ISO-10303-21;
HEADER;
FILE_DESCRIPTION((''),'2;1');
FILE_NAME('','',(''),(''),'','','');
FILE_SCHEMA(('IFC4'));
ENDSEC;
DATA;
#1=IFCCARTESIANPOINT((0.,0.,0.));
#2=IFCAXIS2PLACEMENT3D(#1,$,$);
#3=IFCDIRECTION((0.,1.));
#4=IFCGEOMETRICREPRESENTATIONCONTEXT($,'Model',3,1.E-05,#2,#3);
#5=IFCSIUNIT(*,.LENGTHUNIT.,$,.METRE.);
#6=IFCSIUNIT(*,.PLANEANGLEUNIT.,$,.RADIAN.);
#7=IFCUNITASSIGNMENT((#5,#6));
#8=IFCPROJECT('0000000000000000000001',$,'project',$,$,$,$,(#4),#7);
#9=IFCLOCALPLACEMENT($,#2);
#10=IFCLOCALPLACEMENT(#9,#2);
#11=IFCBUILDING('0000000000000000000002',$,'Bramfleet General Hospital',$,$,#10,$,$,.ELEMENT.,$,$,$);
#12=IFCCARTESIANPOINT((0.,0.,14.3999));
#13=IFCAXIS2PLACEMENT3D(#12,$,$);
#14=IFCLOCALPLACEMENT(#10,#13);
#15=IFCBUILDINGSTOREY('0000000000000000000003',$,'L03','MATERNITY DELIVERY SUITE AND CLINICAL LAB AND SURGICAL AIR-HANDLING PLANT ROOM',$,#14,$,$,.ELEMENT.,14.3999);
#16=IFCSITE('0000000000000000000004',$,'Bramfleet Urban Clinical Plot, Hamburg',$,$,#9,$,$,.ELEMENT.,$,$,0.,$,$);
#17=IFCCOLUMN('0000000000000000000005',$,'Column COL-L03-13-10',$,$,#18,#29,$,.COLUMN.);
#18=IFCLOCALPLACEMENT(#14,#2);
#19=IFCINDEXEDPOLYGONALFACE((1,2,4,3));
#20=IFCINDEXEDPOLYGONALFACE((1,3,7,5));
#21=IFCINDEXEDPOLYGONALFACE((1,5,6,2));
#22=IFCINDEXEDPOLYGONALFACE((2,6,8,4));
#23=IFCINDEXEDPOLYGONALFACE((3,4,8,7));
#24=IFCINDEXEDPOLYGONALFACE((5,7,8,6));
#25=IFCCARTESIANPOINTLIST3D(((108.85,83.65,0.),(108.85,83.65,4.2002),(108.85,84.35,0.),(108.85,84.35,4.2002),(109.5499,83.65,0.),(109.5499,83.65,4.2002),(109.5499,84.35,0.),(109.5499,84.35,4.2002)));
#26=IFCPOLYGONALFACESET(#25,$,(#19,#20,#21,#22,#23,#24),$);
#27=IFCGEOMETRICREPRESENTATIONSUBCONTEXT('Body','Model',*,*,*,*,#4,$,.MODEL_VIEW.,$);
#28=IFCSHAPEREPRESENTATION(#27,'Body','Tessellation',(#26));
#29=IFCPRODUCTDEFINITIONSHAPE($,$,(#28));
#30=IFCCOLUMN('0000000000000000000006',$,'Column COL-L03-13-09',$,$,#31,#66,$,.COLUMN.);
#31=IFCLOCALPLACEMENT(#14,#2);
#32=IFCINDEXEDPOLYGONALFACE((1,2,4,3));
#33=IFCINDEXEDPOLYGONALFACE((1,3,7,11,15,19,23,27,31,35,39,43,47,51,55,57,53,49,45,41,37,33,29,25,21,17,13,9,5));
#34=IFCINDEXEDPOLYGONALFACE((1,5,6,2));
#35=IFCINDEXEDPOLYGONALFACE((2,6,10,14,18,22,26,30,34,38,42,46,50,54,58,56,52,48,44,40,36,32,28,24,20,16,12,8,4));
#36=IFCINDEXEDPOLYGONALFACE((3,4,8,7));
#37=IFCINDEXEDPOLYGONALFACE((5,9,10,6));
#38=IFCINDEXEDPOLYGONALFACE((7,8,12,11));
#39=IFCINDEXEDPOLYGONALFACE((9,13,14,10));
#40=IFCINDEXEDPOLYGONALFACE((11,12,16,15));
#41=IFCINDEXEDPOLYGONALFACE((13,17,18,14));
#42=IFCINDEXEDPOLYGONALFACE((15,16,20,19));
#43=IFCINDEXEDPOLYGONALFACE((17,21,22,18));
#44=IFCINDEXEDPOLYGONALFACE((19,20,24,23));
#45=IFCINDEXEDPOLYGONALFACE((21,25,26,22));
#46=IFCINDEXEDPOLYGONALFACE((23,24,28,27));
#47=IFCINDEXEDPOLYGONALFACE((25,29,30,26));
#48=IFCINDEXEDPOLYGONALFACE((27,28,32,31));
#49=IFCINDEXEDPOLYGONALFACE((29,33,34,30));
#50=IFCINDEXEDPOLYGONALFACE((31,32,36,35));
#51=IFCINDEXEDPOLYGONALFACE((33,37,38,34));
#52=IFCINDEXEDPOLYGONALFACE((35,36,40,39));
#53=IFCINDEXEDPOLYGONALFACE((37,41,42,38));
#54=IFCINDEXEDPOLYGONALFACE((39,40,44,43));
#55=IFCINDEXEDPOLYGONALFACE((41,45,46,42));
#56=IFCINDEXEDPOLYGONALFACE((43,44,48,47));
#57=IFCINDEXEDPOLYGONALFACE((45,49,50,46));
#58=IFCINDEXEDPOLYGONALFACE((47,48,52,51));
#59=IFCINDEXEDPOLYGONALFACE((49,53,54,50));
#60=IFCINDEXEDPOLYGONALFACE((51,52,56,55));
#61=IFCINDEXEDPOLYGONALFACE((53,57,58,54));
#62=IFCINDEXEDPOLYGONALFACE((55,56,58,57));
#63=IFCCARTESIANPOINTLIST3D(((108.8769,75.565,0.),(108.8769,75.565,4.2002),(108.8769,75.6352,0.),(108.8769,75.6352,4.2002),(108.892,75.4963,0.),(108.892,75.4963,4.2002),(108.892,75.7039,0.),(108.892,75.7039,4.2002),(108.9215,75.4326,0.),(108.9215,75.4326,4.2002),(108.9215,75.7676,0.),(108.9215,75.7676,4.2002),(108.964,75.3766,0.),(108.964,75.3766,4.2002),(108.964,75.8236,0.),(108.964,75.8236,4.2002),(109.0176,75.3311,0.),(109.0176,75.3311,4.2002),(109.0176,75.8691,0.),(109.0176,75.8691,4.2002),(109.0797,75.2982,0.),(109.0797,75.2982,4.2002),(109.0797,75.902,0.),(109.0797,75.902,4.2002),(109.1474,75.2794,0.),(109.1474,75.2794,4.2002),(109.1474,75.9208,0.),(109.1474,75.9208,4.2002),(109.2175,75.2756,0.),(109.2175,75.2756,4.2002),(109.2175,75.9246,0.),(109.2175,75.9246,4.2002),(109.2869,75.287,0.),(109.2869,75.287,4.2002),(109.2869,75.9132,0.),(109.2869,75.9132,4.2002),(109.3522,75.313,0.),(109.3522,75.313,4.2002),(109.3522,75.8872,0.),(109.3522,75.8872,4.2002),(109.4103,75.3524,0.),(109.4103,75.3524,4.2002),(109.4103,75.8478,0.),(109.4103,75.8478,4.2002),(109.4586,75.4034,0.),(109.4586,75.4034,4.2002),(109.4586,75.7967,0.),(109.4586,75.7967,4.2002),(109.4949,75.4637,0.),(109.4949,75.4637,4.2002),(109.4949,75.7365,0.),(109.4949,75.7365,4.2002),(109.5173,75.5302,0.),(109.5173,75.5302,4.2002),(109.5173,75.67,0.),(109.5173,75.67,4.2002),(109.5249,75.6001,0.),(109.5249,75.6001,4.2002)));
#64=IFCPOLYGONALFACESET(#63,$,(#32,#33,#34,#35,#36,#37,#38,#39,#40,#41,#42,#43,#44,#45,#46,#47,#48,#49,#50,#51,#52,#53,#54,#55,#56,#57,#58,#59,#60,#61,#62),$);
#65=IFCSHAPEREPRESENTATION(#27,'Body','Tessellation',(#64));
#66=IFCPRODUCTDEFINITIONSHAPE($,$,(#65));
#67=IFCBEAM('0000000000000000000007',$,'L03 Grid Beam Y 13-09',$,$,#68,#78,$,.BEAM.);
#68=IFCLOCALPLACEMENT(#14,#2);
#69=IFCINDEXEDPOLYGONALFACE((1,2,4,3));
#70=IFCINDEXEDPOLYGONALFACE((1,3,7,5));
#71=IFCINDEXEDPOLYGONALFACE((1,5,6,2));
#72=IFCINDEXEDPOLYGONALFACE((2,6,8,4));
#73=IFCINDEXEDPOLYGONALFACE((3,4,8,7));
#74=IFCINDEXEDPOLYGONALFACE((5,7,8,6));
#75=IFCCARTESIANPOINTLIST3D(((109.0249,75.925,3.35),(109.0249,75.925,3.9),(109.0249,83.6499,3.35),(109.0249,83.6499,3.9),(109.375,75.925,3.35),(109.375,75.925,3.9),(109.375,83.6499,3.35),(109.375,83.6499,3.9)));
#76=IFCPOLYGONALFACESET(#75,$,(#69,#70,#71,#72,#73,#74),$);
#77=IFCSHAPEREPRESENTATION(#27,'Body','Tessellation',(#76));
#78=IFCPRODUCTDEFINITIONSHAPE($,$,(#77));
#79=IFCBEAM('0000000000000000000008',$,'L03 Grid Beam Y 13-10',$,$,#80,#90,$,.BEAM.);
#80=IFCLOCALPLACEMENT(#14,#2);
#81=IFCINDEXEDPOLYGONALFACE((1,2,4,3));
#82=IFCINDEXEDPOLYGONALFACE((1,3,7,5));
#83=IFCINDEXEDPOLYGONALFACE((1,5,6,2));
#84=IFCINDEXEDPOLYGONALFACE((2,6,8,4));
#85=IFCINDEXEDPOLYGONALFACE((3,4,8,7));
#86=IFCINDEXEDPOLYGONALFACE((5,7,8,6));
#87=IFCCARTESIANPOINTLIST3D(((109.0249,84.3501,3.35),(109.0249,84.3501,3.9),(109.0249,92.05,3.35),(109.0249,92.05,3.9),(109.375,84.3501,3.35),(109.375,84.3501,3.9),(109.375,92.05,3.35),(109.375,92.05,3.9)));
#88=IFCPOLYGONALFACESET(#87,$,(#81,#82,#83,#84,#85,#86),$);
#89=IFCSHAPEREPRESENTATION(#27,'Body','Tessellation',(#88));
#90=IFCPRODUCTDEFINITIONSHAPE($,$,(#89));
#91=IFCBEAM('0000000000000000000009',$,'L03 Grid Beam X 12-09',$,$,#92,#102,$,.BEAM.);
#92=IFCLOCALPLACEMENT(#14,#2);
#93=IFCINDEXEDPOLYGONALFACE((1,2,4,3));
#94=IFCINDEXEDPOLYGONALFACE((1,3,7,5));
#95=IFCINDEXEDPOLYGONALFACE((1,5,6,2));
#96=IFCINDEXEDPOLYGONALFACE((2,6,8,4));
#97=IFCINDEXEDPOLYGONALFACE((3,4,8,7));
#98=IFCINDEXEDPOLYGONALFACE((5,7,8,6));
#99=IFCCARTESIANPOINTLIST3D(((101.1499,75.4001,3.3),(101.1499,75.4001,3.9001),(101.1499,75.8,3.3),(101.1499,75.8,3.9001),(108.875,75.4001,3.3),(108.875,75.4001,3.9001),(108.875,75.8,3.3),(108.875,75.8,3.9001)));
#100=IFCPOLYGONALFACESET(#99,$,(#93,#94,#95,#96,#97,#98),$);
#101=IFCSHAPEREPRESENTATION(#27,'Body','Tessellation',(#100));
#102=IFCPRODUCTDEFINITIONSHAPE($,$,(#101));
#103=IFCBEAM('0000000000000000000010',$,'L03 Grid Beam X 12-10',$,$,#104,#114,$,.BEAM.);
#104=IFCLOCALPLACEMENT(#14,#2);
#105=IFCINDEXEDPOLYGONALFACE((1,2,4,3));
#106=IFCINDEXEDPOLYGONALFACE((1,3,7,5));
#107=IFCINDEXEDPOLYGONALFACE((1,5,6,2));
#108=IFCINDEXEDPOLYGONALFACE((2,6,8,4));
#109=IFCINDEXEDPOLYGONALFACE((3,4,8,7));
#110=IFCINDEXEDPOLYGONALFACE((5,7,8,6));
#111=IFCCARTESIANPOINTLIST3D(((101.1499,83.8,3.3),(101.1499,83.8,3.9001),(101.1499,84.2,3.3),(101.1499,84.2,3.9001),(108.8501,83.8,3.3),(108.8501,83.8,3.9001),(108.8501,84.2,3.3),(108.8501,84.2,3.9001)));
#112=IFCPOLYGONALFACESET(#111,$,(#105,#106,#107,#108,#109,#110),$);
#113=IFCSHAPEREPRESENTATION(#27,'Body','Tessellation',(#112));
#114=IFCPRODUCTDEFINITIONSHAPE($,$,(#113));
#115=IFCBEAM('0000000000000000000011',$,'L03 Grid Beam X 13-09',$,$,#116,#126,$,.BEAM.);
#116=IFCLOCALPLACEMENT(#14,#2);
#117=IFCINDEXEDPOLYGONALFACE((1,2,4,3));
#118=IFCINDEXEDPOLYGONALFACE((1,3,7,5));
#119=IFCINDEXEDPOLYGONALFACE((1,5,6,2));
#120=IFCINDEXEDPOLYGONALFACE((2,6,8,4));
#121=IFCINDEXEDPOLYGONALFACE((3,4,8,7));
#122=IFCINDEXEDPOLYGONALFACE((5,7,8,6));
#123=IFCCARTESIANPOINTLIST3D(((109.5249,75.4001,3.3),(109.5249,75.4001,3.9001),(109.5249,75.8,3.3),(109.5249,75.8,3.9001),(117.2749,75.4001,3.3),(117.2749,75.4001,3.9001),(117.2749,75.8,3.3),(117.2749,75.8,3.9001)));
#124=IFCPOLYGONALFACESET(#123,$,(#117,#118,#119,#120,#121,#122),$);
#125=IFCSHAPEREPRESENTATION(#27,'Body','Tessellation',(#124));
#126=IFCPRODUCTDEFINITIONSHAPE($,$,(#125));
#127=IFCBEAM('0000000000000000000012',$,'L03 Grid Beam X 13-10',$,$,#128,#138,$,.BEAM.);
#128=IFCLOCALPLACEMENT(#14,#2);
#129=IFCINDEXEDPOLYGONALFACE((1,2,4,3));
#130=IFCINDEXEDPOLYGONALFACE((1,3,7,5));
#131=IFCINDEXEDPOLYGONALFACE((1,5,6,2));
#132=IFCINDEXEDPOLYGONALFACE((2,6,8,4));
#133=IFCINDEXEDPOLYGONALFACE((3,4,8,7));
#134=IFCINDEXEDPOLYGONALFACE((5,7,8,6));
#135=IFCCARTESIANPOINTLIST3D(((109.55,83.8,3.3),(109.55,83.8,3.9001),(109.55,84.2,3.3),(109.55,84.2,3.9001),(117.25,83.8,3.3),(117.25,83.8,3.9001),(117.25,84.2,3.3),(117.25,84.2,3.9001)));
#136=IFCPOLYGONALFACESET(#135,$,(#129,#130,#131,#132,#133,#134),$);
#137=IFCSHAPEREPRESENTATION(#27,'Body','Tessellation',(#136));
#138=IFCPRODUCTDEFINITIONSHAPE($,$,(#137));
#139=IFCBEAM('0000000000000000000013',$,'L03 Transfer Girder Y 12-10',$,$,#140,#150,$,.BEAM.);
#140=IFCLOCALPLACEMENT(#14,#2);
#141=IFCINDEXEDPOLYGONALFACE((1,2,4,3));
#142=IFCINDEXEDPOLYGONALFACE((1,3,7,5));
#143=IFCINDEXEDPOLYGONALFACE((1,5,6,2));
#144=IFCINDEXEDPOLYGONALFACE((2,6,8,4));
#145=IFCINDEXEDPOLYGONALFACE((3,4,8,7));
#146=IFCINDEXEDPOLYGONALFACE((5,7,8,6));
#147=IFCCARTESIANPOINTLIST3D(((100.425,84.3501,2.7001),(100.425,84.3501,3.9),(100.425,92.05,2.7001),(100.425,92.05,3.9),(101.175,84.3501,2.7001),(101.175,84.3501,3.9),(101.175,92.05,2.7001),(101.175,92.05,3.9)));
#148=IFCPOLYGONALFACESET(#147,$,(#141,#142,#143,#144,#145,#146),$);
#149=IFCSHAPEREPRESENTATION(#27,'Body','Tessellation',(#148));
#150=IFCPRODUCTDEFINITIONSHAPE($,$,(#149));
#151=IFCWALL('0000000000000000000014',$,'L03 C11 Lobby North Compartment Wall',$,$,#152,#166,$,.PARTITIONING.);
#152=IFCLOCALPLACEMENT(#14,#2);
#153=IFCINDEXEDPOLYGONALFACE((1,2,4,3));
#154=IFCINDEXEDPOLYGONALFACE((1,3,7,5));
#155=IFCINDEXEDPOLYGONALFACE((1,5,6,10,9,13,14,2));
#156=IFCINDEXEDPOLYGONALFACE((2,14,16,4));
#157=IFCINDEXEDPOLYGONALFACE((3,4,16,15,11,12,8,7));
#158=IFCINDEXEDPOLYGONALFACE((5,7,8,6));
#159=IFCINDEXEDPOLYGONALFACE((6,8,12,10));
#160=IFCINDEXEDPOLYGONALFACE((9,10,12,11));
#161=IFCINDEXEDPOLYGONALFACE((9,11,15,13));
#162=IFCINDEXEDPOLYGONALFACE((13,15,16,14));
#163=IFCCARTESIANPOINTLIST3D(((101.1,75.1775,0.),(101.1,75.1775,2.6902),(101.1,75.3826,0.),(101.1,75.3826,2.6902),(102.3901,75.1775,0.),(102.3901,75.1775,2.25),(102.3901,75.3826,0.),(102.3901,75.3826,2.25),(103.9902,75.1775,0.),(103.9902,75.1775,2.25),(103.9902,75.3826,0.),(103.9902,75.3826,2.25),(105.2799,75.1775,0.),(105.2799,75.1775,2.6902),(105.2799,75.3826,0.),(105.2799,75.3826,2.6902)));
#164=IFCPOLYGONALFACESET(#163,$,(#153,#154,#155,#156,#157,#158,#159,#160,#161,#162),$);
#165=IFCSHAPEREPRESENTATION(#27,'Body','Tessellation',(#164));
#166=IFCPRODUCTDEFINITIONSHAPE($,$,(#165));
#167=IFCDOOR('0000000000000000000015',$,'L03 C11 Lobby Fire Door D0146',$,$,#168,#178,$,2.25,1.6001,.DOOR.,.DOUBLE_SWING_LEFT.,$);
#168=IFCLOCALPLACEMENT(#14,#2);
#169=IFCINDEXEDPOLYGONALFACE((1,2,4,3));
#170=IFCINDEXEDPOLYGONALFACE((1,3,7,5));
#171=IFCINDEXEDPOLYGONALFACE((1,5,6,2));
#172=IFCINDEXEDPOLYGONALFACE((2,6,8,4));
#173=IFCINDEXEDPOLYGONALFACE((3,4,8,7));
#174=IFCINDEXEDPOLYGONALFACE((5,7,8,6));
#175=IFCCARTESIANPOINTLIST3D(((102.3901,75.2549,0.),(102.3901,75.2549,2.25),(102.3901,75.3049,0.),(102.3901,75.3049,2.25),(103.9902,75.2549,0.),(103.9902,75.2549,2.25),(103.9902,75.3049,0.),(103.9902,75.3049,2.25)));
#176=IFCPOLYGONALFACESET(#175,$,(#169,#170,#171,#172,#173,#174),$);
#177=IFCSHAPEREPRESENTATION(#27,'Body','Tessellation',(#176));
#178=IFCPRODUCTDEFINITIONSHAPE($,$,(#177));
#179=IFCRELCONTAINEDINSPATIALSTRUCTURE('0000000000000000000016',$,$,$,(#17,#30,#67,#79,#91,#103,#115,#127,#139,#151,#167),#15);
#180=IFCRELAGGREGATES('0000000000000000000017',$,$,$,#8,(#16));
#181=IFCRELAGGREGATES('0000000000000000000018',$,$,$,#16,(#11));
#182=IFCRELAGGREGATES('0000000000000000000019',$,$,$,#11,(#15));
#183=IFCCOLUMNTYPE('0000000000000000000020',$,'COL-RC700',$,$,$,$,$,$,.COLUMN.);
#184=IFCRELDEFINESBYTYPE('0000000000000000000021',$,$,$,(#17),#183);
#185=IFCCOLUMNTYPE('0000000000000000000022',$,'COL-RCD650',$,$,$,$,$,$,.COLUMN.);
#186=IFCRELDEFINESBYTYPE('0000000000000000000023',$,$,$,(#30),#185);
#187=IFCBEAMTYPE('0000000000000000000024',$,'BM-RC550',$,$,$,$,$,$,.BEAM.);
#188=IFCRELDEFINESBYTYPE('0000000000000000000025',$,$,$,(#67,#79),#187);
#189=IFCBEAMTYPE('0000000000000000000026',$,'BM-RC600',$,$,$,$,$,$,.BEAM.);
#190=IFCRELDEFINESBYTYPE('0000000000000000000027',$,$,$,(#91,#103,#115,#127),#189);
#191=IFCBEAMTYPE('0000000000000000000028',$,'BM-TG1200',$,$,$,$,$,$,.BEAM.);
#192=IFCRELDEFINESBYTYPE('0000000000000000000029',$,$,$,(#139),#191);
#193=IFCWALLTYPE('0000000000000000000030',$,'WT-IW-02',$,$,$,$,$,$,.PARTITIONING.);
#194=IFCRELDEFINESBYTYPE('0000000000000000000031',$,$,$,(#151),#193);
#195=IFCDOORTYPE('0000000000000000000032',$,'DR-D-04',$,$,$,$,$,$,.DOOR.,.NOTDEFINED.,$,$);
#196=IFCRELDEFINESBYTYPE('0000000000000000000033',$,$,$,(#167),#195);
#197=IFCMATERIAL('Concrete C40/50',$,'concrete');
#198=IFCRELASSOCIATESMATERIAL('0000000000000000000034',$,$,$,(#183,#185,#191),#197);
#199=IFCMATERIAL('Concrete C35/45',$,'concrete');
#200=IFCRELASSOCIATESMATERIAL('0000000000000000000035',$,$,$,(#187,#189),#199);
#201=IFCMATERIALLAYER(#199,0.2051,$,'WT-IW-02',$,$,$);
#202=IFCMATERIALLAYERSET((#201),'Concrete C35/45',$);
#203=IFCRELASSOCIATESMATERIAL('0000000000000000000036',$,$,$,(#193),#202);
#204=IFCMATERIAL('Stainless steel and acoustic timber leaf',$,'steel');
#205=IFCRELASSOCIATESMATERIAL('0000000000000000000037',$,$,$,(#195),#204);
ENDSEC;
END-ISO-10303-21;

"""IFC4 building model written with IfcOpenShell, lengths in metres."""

from ifc_helpers import new_model, si_unit, direction, frame, frame_2d, origin, origin_2d, place, context, subcontext, project, spatial, rectangle, circle, extrude, material, layer, layer_set, material_profile, profile_set, type_object, element, fill, save


model = new_model("IFC4")

# Units and contexts
model_context = context("Model", 3, precision=1e-05, world=origin(), true_north=direction((0.0, 1.0)))
body_context = subcontext(model_context, "Body", "Model", "MODEL_VIEW")
ifc_project = project(units=[si_unit("LENGTHUNIT", "METRE"), si_unit("PLANEANGLEUNIT", "RADIAN")], contexts=[model_context])

# Site, building, storey
site_placement = place(None, origin())
site = spatial("IfcSite", under=ifc_project, at=site_placement, Name="Bramfleet Urban Clinical Plot, Hamburg", CompositionType="ELEMENT", RefElevation=0.0)
building_placement = place(site_placement, origin())
building = spatial("IfcBuilding", under=site, at=building_placement, Name="Bramfleet General Hospital", CompositionType="ELEMENT")
storey_placement = place(building_placement, frame((0.0, 0.0, 14.3999)))
storey = spatial("IfcBuildingStorey", under=building, at=storey_placement, Name="L03", Description="MATERNITY DELIVERY SUITE AND CLINICAL LAB AND SURGICAL AIR-HANDLING PLANT ROOM", CompositionType="ELEMENT", Elevation=14.3999)

# Columns
ifc_material_1 = material(Name="Concrete C40/50", Category="concrete")
ifc_material_profile_1 = material_profile(ifc_material_1, rectangle(XDim=0.7, YDim=0.7, at=origin_2d()), Name="RC COL 700x700")
ifc_profile_set_1 = profile_set([ifc_material_profile_1], Name="Concrete C40/50")
column_type_1 = type_object("IfcColumnType", Name="COL-RC700", PredefinedType="COLUMN", material=ifc_profile_set_1)
column_1_placement = place(storey_placement, frame((109.2, 84.0, 0.0), z_axis=(0.0, 0.0, 1.0), x_axis=(1.0, 0.0, 0.0)))
element("IfcColumn", 1, at=column_1_placement, inside=storey, type_object=column_type_1, Name="Column COL-L03-13-10", PredefinedType="COLUMN", context=body_context, shape_type="SweptSolid", body=[
    extrude(rectangle(XDim=0.7, YDim=0.7, at=origin_2d()), origin(), (0.0, 0.0, 1.0), 4.2002),
])
ifc_material_profile_2 = material_profile(ifc_material_1, circle(Radius=0.325, at=origin_2d()), Name="RC ROUND D650")
ifc_profile_set_2 = profile_set([ifc_material_profile_2], Name="Concrete C40/50")
column_type_2 = type_object("IfcColumnType", Name="COL-RCD650", PredefinedType="COLUMN", material=ifc_profile_set_2)
column_2_placement = place(storey_placement, frame((109.2, 75.6001, 0.0), z_axis=(0.0, 0.0, 1.0), x_axis=(1.0, 0.0, 0.0)))
element("IfcColumn", 2, at=column_2_placement, inside=storey, type_object=column_type_2, Name="Column COL-L03-13-09", PredefinedType="COLUMN", context=body_context, shape_type="SweptSolid", body=[
    extrude(circle(Radius=0.325, at=origin_2d()), origin(), (0.0, 0.0, 1.0), 4.2002),
])

# Beams
ifc_material_2 = material(Name="Concrete C35/45", Category="concrete")
ifc_material_profile_3 = material_profile(ifc_material_2, rectangle(XDim=0.3501, YDim=0.55, at=origin_2d()), Name="RC BM 550x350")
ifc_profile_set_3 = profile_set([ifc_material_profile_3], Name="Concrete C35/45")
beam_type_1 = type_object("IfcBeamType", Name="BM-RC550", PredefinedType="BEAM", material=ifc_profile_set_3)
beam_1_placement = place(storey_placement, frame((109.2, 75.925, 3.625), z_axis=(0.0, 1.0, 0.0), x_axis=(-1.0, 0.0, 0.0)))
element("IfcBeam", 3, at=beam_1_placement, inside=storey, type_object=beam_type_1, Name="L03 Grid Beam Y 13-09", PredefinedType="BEAM", context=body_context, shape_type="SweptSolid", body=[
    extrude(rectangle(XDim=0.3501, YDim=0.55, at=origin_2d()), origin(), (0.0, 0.0, 1.0), 7.7249),
])
beam_2_placement = place(storey_placement, frame((109.2, 84.3501, 3.625), z_axis=(0.0, 1.0, 0.0), x_axis=(-1.0, 0.0, 0.0)))
element("IfcBeam", 4, at=beam_2_placement, inside=storey, type_object=beam_type_1, Name="L03 Grid Beam Y 13-10", PredefinedType="BEAM", context=body_context, shape_type="SweptSolid", body=[
    extrude(rectangle(XDim=0.3501, YDim=0.55, at=origin_2d()), origin(), (0.0, 0.0, 1.0), 7.7),
])
ifc_material_profile_4 = material_profile(ifc_material_2, rectangle(XDim=0.3999, YDim=0.6001, at=origin_2d()), Name="RC BM 600x400")
ifc_profile_set_4 = profile_set([ifc_material_profile_4], Name="Concrete C35/45")
beam_type_2 = type_object("IfcBeamType", Name="BM-RC600", PredefinedType="BEAM", material=ifc_profile_set_4)
beam_3_placement = place(storey_placement, frame((101.1499, 75.6001, 3.6001), z_axis=(1.0, 0.0, 0.0), x_axis=(0.0, 1.0, 0.0)))
element("IfcBeam", 5, at=beam_3_placement, inside=storey, type_object=beam_type_2, Name="L03 Grid Beam X 12-09", PredefinedType="BEAM", context=body_context, shape_type="SweptSolid", body=[
    extrude(rectangle(XDim=0.3999, YDim=0.6001, at=origin_2d()), origin(), (0.0, 0.0, 1.0), 7.7251),
])
beam_4_placement = place(storey_placement, frame((101.1499, 84.0, 3.6001), z_axis=(1.0, 0.0, 0.0), x_axis=(0.0, 1.0, 0.0)))
element("IfcBeam", 6, at=beam_4_placement, inside=storey, type_object=beam_type_2, Name="L03 Grid Beam X 12-10", PredefinedType="BEAM", context=body_context, shape_type="SweptSolid", body=[
    extrude(rectangle(XDim=0.3999, YDim=0.6001, at=origin_2d()), origin(), (0.0, 0.0, 1.0), 7.7002),
])
beam_5_placement = place(storey_placement, frame((109.5249, 75.6001, 3.6001), z_axis=(1.0, 0.0, 0.0), x_axis=(0.0, 1.0, 0.0)))
element("IfcBeam", 7, at=beam_5_placement, inside=storey, type_object=beam_type_2, Name="L03 Grid Beam X 13-09", PredefinedType="BEAM", context=body_context, shape_type="SweptSolid", body=[
    extrude(rectangle(XDim=0.3999, YDim=0.6001, at=origin_2d()), origin(), (0.0, 0.0, 1.0), 7.75),
])
beam_6_placement = place(storey_placement, frame((109.55, 84.0, 3.6001), z_axis=(1.0, 0.0, 0.0), x_axis=(0.0, 1.0, 0.0)))
element("IfcBeam", 8, at=beam_6_placement, inside=storey, type_object=beam_type_2, Name="L03 Grid Beam X 13-10", PredefinedType="BEAM", context=body_context, shape_type="SweptSolid", body=[
    extrude(rectangle(XDim=0.3999, YDim=0.6001, at=origin_2d()), origin(), (0.0, 0.0, 1.0), 7.7),
])
ifc_material_profile_5 = material_profile(ifc_material_1, rectangle(XDim=0.75, YDim=1.2, at=origin_2d()), Name="RC TG 1200x750")
ifc_profile_set_5 = profile_set([ifc_material_profile_5], Name="Concrete C40/50")
beam_type_3 = type_object("IfcBeamType", Name="BM-TG1200", PredefinedType="BEAM", material=ifc_profile_set_5)
beam_7_placement = place(storey_placement, frame((100.8, 84.3501, 3.3), z_axis=(0.0, 1.0, 0.0), x_axis=(-1.0, 0.0, 0.0)))
element("IfcBeam", 9, at=beam_7_placement, inside=storey, type_object=beam_type_3, Name="L03 Transfer Girder Y 12-10", PredefinedType="BEAM", context=body_context, shape_type="SweptSolid", body=[
    extrude(rectangle(XDim=0.75, YDim=1.2, at=origin_2d()), origin(), (0.0, 0.0, 1.0), 7.7),
])

# Wall, opening, door
ifc_layer_1 = layer(ifc_material_2, 0.2051, Name="WT-IW-02")
ifc_layer_set_1 = layer_set([ifc_layer_1], Name="Concrete C35/45")
wall_type_1 = type_object("IfcWallType", Name="WT-IW-02", PredefinedType="PARTITIONING", material=ifc_layer_set_1)
wall_1_placement = place(storey_placement, frame((101.1001, 75.28, 0.0), z_axis=(0.0, 0.0, 1.0), x_axis=(1.0, 0.0, 0.0)))
wall_1 = element("IfcWall", 10, at=wall_1_placement, inside=storey, type_object=wall_type_1, Name="L03 C11 Lobby North Compartment Wall", PredefinedType="PARTITIONING", context=body_context, shape_type="SweptSolid", body=[
    extrude(rectangle(XDim=4.1799, YDim=0.2051, at=frame_2d((2.0898, 0.0))), origin(), (0.0, 0.0, 1.0), 2.6902),
])
opening_1_placement = place(wall_1_placement, frame((1.29, 0.0, 0.0)))
opening_1 = element("IfcOpeningElement", 11, at=opening_1_placement, cuts=wall_1, PredefinedType="OPENING", context=body_context, shape_type="SweptSolid", body=[
    extrude(rectangle(XDim=1.6001, YDim=2.25, at=frame_2d((0.8, 1.125))), frame((0.0, 0.1125, 0.0), z_axis=(0.0, -1.0, 0.0), x_axis=(1.0, 0.0, 0.0)), (0.0, 0.0, 1.0), 0.2251),
])
ifc_material_3 = material(Name="Stainless steel and acoustic timber leaf", Category="steel")
door_type_1 = type_object("IfcDoorType", Name="DR-D-04", OperationType="NOTDEFINED", PredefinedType="DOOR", material=ifc_material_3)
door_1_placement = place(opening_1_placement, origin())
door_1 = element("IfcDoor", 12, at=door_1_placement, inside=storey, type_object=door_type_1, Name="L03 C11 Lobby Fire Door D0146", OperationType="DOUBLE_SWING_LEFT", OverallHeight=2.25, OverallWidth=1.6001, PredefinedType="DOOR", context=body_context, shape_type="SweptSolid", body=[
    extrude(rectangle(XDim=1.6001, YDim=2.25, at=frame_2d((0.8, 1.125))), frame((0.0, 0.0249, 0.0), z_axis=(0.0, -1.0, 0.0), x_axis=(1.0, 0.0, 0.0)), (0.0, 0.0, 1.0), 0.05),
])
fill(opening_1, door_1)

save(model, "model.ifc")
